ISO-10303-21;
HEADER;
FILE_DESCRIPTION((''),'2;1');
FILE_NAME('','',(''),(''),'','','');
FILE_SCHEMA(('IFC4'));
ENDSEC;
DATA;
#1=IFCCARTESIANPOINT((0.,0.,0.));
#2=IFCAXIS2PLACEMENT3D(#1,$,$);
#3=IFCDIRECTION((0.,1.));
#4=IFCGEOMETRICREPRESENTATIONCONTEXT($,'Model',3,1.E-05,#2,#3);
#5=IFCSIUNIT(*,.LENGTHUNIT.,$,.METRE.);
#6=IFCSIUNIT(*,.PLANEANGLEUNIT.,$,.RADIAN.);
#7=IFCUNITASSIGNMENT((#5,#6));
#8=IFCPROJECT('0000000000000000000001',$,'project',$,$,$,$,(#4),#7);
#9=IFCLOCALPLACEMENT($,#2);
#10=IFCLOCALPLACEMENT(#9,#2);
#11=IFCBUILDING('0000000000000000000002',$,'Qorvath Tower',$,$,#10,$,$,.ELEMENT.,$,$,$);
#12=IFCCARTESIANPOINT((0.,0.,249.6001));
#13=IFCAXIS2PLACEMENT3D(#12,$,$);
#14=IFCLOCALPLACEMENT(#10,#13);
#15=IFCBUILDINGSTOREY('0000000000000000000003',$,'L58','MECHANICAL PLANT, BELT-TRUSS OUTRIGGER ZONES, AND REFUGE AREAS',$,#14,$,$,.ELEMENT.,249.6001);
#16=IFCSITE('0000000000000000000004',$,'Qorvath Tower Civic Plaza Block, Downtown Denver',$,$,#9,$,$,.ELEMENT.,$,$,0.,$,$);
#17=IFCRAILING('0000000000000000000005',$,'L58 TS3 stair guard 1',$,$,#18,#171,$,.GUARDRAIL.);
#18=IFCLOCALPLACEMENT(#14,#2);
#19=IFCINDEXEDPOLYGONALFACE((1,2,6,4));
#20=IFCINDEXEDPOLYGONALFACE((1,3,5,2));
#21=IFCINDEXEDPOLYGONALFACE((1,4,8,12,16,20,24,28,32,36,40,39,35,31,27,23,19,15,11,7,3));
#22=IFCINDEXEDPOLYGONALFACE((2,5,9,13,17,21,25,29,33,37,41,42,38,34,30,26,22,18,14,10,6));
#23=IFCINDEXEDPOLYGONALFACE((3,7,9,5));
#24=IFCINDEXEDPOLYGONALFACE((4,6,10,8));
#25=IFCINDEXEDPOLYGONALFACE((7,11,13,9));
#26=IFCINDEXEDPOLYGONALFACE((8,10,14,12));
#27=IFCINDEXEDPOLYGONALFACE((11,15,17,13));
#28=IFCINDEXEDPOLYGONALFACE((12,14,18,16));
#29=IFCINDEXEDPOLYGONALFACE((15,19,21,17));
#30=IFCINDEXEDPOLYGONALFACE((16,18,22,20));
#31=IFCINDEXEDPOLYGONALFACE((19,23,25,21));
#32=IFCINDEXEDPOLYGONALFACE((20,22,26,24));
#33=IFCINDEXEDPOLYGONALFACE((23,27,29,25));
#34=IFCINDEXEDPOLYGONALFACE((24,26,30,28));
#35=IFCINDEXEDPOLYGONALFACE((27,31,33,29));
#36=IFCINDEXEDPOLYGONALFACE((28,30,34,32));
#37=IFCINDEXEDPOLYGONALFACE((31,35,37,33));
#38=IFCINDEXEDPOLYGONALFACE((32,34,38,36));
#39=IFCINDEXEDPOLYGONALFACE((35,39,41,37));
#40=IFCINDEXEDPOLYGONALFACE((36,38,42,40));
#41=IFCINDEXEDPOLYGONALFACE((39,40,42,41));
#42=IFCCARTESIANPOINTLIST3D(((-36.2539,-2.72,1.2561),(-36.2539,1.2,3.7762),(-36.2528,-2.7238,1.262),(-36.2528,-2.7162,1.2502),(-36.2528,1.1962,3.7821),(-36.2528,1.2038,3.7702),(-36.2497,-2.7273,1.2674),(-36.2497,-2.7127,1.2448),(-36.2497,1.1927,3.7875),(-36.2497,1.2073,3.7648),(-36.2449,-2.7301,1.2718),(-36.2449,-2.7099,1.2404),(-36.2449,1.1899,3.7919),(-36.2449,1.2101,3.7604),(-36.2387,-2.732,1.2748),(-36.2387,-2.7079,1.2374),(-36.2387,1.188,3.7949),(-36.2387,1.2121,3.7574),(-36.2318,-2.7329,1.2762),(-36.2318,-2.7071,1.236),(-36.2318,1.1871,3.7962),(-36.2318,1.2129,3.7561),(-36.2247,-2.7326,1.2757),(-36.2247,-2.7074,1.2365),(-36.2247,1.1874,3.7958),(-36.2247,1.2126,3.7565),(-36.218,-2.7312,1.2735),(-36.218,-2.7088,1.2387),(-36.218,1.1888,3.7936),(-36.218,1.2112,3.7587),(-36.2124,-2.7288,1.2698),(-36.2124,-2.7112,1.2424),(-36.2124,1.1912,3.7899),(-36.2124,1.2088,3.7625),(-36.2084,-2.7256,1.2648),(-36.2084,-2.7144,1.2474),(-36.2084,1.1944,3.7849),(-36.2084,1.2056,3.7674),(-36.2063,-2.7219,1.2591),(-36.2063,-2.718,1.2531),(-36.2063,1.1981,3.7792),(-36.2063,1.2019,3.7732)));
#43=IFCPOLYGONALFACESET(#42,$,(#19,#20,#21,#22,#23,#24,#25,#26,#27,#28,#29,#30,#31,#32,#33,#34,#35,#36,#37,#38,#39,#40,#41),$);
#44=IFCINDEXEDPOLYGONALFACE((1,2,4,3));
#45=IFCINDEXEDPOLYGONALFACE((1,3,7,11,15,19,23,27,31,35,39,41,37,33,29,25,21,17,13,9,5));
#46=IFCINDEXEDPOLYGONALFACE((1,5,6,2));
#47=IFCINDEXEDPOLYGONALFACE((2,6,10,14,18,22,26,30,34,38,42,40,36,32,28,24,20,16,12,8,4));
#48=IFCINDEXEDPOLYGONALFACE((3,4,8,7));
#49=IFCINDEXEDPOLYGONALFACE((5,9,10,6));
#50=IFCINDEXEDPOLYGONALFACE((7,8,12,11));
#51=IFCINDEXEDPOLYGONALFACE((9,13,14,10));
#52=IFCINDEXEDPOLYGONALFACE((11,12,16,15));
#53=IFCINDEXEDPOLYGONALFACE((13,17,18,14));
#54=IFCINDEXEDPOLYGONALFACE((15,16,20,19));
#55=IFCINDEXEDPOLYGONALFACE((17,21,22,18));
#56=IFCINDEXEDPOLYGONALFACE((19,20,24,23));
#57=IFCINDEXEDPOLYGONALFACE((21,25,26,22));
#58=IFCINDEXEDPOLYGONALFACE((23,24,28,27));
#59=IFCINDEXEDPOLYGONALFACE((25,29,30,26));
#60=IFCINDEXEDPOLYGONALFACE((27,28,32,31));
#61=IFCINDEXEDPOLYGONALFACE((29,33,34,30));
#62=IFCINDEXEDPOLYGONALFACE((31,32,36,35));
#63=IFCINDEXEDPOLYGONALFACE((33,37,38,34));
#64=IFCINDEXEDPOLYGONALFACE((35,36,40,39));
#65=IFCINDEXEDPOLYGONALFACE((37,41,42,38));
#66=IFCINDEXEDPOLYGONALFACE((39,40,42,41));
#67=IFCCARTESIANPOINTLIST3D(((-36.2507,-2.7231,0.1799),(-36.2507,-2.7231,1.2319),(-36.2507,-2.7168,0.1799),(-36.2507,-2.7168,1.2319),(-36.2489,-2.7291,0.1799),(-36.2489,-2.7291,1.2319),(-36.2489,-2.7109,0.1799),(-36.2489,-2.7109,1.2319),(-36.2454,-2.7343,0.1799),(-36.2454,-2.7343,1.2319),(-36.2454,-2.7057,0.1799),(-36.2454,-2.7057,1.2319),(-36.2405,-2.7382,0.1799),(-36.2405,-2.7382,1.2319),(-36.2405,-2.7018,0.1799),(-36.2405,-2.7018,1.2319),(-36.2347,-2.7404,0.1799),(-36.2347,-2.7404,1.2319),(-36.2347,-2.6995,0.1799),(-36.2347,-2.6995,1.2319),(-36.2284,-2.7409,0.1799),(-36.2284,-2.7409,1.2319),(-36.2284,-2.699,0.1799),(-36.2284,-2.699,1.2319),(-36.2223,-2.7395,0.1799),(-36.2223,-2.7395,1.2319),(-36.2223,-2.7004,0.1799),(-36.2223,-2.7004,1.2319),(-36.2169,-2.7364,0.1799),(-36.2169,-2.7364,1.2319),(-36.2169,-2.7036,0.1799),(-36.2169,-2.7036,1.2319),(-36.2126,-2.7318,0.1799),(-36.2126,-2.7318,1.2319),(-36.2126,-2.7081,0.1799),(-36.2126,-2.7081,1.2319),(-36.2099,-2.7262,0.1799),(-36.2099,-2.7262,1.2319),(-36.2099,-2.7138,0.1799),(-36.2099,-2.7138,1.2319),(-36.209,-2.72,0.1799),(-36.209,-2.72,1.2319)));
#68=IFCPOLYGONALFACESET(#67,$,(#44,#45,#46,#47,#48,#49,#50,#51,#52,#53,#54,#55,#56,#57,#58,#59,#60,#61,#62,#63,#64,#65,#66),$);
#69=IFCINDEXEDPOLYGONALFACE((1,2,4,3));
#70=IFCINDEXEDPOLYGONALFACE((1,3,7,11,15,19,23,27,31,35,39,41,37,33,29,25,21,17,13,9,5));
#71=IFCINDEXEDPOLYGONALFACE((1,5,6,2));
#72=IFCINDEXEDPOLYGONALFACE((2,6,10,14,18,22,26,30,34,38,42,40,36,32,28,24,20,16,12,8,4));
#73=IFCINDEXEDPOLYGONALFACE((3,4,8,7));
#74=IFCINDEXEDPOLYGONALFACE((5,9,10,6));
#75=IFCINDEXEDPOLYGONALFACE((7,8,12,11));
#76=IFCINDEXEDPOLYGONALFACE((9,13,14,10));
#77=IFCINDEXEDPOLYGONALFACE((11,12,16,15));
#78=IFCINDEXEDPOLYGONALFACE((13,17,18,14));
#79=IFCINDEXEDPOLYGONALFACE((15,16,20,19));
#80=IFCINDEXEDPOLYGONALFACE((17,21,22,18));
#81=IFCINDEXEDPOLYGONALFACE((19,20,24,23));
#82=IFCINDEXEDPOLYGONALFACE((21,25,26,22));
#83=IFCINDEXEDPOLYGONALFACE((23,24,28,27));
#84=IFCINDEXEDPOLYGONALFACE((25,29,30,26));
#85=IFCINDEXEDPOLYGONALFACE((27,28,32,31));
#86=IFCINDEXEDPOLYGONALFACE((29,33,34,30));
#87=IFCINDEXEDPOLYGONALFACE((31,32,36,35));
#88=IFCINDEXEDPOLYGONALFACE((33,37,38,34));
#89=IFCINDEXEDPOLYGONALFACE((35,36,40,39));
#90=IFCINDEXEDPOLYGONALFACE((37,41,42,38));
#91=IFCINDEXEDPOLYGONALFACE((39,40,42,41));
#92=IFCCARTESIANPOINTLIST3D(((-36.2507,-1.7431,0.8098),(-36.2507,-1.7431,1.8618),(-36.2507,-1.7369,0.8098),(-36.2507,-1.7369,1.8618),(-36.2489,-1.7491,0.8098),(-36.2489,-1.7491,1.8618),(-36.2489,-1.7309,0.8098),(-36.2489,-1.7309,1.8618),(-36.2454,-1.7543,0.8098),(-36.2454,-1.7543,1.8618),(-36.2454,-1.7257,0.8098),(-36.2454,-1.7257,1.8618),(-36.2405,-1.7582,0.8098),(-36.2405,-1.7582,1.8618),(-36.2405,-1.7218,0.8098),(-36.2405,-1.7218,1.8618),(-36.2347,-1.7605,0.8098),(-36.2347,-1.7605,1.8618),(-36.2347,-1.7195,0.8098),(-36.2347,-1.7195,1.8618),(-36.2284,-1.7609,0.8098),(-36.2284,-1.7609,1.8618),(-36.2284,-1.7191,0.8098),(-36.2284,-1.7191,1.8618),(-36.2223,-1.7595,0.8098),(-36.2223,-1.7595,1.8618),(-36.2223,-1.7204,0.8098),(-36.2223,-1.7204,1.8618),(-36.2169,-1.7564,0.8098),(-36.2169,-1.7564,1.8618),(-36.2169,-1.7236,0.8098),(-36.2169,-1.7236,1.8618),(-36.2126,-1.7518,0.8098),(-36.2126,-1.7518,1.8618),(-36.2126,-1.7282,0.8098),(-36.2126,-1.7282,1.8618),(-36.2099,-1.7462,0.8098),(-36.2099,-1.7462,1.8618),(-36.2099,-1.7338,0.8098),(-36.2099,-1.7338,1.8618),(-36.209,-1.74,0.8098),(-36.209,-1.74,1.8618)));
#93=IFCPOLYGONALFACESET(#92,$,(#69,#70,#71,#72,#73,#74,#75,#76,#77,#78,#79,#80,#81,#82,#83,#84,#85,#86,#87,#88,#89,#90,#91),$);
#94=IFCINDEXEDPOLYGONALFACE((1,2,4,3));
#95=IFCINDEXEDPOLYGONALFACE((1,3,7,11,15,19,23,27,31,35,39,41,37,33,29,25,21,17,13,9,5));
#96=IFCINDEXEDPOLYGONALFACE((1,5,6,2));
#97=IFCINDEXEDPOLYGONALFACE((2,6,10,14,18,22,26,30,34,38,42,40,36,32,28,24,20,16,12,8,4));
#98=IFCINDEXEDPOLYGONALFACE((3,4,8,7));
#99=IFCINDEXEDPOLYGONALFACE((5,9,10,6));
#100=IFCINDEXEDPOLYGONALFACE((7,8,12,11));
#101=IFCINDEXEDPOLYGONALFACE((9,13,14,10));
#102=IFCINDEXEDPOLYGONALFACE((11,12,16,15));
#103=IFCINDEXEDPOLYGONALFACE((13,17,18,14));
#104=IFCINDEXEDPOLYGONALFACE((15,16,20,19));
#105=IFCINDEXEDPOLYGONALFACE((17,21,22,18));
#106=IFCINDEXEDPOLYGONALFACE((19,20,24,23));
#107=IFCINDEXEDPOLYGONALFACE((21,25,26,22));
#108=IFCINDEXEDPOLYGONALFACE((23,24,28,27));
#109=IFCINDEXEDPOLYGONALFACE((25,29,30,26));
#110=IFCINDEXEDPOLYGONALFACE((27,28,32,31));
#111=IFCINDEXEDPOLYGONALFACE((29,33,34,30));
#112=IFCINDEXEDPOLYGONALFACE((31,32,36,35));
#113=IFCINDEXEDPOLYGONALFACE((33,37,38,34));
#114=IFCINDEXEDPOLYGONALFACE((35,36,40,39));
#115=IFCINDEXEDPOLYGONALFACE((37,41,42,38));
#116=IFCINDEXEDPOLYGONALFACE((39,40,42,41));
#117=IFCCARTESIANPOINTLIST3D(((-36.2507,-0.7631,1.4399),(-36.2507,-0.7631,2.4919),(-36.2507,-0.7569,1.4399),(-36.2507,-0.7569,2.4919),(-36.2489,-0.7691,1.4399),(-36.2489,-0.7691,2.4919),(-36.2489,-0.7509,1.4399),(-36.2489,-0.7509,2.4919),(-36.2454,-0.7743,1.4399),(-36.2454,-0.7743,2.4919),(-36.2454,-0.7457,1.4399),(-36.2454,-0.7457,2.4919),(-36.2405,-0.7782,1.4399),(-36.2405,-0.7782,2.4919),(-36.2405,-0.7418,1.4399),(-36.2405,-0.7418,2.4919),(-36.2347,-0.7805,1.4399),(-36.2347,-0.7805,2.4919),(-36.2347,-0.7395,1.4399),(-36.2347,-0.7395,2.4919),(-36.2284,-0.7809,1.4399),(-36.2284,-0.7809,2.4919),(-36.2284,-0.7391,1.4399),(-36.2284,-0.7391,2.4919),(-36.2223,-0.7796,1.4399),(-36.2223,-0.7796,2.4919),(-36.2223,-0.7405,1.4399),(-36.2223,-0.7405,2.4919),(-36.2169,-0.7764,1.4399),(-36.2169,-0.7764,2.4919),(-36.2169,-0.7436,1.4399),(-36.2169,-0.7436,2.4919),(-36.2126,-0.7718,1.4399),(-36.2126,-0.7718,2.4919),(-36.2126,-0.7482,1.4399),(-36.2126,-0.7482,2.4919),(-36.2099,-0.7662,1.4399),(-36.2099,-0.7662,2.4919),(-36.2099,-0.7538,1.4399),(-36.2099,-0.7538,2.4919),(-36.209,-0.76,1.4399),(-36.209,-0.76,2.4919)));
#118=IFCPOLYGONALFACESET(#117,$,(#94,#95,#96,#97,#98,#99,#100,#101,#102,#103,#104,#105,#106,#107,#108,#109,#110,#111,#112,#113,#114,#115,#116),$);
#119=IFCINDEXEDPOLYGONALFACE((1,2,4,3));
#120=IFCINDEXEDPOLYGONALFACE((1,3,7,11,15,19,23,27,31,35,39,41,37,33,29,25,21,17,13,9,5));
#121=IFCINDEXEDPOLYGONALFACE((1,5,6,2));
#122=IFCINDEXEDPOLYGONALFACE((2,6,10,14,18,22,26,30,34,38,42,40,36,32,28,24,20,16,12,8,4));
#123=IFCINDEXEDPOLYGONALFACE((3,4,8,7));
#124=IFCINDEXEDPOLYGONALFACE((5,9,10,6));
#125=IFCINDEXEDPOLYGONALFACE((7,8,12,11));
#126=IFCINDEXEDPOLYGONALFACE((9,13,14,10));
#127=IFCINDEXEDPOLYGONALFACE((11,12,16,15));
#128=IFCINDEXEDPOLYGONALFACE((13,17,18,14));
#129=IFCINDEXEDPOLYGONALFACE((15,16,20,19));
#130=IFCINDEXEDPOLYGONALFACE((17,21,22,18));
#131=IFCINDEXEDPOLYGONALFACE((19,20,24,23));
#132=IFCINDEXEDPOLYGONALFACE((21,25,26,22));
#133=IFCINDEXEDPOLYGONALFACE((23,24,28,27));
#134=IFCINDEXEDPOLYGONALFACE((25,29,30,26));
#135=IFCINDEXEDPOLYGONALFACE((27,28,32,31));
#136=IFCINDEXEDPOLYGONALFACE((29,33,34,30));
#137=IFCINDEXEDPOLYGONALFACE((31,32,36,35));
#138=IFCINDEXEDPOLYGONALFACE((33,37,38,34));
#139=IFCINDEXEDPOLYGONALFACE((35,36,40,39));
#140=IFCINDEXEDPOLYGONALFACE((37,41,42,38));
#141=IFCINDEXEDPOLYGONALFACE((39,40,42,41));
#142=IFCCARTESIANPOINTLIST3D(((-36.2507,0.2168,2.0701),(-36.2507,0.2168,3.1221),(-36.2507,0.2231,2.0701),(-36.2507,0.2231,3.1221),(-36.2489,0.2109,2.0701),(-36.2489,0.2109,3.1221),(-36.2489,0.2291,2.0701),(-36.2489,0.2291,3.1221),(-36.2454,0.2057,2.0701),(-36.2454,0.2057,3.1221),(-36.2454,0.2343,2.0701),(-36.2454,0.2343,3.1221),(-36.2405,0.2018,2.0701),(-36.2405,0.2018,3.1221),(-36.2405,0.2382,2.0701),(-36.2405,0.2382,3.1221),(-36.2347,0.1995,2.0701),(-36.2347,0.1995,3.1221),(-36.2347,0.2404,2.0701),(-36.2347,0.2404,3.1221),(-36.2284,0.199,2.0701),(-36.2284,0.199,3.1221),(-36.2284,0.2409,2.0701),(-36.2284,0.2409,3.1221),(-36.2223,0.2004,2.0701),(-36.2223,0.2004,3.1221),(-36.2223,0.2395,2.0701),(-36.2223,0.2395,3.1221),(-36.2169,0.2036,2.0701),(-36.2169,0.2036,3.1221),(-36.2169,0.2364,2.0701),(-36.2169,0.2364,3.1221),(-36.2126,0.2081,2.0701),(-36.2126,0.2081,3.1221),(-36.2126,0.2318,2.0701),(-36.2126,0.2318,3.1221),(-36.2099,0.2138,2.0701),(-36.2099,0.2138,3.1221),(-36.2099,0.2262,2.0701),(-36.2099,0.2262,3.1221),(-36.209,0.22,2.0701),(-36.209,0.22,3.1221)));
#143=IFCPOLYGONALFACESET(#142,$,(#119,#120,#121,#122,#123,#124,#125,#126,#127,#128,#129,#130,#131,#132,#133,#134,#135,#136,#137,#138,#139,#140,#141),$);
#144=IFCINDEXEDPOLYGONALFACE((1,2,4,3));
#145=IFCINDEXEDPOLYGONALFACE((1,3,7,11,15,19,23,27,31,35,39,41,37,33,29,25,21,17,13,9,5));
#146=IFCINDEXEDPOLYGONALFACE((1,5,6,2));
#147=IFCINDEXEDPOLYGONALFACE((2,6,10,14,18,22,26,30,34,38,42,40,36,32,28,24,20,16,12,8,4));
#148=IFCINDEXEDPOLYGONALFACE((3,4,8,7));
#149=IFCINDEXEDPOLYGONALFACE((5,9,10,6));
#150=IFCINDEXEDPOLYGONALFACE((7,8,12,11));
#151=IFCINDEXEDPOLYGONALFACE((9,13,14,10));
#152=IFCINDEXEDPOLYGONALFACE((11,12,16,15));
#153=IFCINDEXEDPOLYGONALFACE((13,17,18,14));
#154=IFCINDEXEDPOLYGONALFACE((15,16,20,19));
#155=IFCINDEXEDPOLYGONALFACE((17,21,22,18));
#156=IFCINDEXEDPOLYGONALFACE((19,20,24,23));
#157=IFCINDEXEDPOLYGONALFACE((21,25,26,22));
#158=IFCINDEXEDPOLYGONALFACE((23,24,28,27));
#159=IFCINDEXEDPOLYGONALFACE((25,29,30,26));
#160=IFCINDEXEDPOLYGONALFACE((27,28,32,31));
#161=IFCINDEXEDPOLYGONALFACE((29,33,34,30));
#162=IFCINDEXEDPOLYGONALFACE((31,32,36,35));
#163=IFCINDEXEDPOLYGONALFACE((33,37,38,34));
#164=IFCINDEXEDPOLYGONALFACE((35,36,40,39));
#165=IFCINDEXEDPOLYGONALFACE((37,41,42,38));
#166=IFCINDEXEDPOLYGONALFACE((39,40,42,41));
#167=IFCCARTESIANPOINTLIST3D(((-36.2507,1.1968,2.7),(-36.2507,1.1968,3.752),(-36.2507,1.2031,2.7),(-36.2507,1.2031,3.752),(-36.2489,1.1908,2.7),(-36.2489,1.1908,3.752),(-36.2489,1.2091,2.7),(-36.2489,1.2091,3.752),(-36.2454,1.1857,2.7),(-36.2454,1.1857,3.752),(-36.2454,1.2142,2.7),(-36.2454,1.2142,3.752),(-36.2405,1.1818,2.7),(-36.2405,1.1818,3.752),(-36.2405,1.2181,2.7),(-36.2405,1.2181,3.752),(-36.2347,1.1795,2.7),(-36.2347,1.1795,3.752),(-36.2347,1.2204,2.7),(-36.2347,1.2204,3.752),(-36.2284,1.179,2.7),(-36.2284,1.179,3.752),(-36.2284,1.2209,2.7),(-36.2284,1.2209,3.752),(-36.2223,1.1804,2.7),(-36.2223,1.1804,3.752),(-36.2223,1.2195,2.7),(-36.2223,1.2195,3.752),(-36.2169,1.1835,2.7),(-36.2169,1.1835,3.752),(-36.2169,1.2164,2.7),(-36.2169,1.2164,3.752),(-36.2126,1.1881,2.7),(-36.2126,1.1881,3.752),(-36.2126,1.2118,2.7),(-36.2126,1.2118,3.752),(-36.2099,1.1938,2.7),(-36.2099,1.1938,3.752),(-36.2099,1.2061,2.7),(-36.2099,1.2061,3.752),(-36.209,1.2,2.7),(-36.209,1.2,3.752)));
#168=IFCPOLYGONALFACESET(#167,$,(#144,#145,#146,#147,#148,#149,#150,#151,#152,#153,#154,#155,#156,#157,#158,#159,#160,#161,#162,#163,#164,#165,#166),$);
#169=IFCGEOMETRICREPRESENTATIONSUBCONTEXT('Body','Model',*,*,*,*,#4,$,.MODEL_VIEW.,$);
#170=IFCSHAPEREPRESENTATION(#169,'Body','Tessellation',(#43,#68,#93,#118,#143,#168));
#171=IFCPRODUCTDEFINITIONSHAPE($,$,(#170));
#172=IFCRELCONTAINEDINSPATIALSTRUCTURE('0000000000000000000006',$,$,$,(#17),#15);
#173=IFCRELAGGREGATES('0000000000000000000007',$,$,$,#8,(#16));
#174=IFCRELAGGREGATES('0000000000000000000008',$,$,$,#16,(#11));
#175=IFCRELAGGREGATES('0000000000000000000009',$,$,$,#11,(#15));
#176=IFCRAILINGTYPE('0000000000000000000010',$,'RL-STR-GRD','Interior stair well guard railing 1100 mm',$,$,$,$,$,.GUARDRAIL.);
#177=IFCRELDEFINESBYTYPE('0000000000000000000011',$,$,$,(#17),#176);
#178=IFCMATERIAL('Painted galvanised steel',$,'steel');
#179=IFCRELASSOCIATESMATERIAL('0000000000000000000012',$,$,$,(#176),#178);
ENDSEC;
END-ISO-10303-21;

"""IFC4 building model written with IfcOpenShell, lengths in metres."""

from ifc_helpers import new_model, si_unit, direction, frame, origin, origin_2d, place, context, subcontext, project, spatial, circle, extrude, material, type_object, element, save


model = new_model("IFC4")

# Units and contexts
model_context = context("Model", 3, precision=1e-05, world=origin(), true_north=direction((0.0, 1.0)))
body_context = subcontext(model_context, "Body", "Model", "MODEL_VIEW")
ifc_project = project(units=[si_unit("LENGTHUNIT", "METRE"), si_unit("PLANEANGLEUNIT", "RADIAN")], contexts=[model_context])

# Site, building, storey
site_placement = place(None, origin())
site = spatial("IfcSite", under=ifc_project, at=site_placement, Name="Qorvath Tower Civic Plaza Block, Downtown Denver", CompositionType="ELEMENT", RefElevation=0.0)
building_placement = place(site_placement, origin())
building = spatial("IfcBuilding", under=site, at=building_placement, Name="Qorvath Tower", CompositionType="ELEMENT")
storey_placement = place(building_placement, frame((0.0, 0.0, 249.6001)))
storey = spatial("IfcBuildingStorey", under=building, at=storey_placement, Name="L58", Description="MECHANICAL PLANT, BELT-TRUSS OUTRIGGER ZONES, AND REFUGE AREAS", CompositionType="ELEMENT", Elevation=249.6001)

# Railing
ifc_material_1 = material(Name="Painted galvanised steel", Category="steel")
railing_type_1 = type_object("IfcRailingType", Name="RL-STR-GRD", Description="Interior stair well guard railing 1100 mm", PredefinedType="GUARDRAIL", material=ifc_material_1)
railing_1_placement = place(storey_placement, frame((-36.23, -2.72, 0.1799)))
element("IfcRailing", 1, at=railing_1_placement, inside=storey, type_object=railing_type_1, Name="L58 TS3 stair guard 1", PredefinedType="GUARDRAIL", context=body_context, shape_type="SweptSolid", body=[
    extrude(circle(Radius=0.0239, at=origin_2d()), frame((0.0, 0.0, 1.0762), z_axis=(0.0, 0.841172, 0.540768), x_axis=(-1.0, 0.0, 0.0)), (0.0, 0.0, 1.0), 4.6602),
    extrude(circle(Radius=0.021, at=origin_2d()), origin(), (0.0, 0.0, 1.0), 1.052),
    extrude(circle(Radius=0.021, at=origin_2d()), frame((0.0, 0.98, 0.6299)), (0.0, 0.0, 1.0), 1.052),
    extrude(circle(Radius=0.021, at=origin_2d()), frame((0.0, 1.96, 1.26)), (0.0, 0.0, 1.0), 1.052),
    extrude(circle(Radius=0.021, at=origin_2d()), frame((0.0, 2.9399, 1.8901)), (0.0, 0.0, 1.0), 1.052),
    extrude(circle(Radius=0.021, at=origin_2d()), frame((0.0, 3.9199, 2.52)), (0.0, 0.0, 1.0), 1.052),
])

save(model, "model.ifc")
